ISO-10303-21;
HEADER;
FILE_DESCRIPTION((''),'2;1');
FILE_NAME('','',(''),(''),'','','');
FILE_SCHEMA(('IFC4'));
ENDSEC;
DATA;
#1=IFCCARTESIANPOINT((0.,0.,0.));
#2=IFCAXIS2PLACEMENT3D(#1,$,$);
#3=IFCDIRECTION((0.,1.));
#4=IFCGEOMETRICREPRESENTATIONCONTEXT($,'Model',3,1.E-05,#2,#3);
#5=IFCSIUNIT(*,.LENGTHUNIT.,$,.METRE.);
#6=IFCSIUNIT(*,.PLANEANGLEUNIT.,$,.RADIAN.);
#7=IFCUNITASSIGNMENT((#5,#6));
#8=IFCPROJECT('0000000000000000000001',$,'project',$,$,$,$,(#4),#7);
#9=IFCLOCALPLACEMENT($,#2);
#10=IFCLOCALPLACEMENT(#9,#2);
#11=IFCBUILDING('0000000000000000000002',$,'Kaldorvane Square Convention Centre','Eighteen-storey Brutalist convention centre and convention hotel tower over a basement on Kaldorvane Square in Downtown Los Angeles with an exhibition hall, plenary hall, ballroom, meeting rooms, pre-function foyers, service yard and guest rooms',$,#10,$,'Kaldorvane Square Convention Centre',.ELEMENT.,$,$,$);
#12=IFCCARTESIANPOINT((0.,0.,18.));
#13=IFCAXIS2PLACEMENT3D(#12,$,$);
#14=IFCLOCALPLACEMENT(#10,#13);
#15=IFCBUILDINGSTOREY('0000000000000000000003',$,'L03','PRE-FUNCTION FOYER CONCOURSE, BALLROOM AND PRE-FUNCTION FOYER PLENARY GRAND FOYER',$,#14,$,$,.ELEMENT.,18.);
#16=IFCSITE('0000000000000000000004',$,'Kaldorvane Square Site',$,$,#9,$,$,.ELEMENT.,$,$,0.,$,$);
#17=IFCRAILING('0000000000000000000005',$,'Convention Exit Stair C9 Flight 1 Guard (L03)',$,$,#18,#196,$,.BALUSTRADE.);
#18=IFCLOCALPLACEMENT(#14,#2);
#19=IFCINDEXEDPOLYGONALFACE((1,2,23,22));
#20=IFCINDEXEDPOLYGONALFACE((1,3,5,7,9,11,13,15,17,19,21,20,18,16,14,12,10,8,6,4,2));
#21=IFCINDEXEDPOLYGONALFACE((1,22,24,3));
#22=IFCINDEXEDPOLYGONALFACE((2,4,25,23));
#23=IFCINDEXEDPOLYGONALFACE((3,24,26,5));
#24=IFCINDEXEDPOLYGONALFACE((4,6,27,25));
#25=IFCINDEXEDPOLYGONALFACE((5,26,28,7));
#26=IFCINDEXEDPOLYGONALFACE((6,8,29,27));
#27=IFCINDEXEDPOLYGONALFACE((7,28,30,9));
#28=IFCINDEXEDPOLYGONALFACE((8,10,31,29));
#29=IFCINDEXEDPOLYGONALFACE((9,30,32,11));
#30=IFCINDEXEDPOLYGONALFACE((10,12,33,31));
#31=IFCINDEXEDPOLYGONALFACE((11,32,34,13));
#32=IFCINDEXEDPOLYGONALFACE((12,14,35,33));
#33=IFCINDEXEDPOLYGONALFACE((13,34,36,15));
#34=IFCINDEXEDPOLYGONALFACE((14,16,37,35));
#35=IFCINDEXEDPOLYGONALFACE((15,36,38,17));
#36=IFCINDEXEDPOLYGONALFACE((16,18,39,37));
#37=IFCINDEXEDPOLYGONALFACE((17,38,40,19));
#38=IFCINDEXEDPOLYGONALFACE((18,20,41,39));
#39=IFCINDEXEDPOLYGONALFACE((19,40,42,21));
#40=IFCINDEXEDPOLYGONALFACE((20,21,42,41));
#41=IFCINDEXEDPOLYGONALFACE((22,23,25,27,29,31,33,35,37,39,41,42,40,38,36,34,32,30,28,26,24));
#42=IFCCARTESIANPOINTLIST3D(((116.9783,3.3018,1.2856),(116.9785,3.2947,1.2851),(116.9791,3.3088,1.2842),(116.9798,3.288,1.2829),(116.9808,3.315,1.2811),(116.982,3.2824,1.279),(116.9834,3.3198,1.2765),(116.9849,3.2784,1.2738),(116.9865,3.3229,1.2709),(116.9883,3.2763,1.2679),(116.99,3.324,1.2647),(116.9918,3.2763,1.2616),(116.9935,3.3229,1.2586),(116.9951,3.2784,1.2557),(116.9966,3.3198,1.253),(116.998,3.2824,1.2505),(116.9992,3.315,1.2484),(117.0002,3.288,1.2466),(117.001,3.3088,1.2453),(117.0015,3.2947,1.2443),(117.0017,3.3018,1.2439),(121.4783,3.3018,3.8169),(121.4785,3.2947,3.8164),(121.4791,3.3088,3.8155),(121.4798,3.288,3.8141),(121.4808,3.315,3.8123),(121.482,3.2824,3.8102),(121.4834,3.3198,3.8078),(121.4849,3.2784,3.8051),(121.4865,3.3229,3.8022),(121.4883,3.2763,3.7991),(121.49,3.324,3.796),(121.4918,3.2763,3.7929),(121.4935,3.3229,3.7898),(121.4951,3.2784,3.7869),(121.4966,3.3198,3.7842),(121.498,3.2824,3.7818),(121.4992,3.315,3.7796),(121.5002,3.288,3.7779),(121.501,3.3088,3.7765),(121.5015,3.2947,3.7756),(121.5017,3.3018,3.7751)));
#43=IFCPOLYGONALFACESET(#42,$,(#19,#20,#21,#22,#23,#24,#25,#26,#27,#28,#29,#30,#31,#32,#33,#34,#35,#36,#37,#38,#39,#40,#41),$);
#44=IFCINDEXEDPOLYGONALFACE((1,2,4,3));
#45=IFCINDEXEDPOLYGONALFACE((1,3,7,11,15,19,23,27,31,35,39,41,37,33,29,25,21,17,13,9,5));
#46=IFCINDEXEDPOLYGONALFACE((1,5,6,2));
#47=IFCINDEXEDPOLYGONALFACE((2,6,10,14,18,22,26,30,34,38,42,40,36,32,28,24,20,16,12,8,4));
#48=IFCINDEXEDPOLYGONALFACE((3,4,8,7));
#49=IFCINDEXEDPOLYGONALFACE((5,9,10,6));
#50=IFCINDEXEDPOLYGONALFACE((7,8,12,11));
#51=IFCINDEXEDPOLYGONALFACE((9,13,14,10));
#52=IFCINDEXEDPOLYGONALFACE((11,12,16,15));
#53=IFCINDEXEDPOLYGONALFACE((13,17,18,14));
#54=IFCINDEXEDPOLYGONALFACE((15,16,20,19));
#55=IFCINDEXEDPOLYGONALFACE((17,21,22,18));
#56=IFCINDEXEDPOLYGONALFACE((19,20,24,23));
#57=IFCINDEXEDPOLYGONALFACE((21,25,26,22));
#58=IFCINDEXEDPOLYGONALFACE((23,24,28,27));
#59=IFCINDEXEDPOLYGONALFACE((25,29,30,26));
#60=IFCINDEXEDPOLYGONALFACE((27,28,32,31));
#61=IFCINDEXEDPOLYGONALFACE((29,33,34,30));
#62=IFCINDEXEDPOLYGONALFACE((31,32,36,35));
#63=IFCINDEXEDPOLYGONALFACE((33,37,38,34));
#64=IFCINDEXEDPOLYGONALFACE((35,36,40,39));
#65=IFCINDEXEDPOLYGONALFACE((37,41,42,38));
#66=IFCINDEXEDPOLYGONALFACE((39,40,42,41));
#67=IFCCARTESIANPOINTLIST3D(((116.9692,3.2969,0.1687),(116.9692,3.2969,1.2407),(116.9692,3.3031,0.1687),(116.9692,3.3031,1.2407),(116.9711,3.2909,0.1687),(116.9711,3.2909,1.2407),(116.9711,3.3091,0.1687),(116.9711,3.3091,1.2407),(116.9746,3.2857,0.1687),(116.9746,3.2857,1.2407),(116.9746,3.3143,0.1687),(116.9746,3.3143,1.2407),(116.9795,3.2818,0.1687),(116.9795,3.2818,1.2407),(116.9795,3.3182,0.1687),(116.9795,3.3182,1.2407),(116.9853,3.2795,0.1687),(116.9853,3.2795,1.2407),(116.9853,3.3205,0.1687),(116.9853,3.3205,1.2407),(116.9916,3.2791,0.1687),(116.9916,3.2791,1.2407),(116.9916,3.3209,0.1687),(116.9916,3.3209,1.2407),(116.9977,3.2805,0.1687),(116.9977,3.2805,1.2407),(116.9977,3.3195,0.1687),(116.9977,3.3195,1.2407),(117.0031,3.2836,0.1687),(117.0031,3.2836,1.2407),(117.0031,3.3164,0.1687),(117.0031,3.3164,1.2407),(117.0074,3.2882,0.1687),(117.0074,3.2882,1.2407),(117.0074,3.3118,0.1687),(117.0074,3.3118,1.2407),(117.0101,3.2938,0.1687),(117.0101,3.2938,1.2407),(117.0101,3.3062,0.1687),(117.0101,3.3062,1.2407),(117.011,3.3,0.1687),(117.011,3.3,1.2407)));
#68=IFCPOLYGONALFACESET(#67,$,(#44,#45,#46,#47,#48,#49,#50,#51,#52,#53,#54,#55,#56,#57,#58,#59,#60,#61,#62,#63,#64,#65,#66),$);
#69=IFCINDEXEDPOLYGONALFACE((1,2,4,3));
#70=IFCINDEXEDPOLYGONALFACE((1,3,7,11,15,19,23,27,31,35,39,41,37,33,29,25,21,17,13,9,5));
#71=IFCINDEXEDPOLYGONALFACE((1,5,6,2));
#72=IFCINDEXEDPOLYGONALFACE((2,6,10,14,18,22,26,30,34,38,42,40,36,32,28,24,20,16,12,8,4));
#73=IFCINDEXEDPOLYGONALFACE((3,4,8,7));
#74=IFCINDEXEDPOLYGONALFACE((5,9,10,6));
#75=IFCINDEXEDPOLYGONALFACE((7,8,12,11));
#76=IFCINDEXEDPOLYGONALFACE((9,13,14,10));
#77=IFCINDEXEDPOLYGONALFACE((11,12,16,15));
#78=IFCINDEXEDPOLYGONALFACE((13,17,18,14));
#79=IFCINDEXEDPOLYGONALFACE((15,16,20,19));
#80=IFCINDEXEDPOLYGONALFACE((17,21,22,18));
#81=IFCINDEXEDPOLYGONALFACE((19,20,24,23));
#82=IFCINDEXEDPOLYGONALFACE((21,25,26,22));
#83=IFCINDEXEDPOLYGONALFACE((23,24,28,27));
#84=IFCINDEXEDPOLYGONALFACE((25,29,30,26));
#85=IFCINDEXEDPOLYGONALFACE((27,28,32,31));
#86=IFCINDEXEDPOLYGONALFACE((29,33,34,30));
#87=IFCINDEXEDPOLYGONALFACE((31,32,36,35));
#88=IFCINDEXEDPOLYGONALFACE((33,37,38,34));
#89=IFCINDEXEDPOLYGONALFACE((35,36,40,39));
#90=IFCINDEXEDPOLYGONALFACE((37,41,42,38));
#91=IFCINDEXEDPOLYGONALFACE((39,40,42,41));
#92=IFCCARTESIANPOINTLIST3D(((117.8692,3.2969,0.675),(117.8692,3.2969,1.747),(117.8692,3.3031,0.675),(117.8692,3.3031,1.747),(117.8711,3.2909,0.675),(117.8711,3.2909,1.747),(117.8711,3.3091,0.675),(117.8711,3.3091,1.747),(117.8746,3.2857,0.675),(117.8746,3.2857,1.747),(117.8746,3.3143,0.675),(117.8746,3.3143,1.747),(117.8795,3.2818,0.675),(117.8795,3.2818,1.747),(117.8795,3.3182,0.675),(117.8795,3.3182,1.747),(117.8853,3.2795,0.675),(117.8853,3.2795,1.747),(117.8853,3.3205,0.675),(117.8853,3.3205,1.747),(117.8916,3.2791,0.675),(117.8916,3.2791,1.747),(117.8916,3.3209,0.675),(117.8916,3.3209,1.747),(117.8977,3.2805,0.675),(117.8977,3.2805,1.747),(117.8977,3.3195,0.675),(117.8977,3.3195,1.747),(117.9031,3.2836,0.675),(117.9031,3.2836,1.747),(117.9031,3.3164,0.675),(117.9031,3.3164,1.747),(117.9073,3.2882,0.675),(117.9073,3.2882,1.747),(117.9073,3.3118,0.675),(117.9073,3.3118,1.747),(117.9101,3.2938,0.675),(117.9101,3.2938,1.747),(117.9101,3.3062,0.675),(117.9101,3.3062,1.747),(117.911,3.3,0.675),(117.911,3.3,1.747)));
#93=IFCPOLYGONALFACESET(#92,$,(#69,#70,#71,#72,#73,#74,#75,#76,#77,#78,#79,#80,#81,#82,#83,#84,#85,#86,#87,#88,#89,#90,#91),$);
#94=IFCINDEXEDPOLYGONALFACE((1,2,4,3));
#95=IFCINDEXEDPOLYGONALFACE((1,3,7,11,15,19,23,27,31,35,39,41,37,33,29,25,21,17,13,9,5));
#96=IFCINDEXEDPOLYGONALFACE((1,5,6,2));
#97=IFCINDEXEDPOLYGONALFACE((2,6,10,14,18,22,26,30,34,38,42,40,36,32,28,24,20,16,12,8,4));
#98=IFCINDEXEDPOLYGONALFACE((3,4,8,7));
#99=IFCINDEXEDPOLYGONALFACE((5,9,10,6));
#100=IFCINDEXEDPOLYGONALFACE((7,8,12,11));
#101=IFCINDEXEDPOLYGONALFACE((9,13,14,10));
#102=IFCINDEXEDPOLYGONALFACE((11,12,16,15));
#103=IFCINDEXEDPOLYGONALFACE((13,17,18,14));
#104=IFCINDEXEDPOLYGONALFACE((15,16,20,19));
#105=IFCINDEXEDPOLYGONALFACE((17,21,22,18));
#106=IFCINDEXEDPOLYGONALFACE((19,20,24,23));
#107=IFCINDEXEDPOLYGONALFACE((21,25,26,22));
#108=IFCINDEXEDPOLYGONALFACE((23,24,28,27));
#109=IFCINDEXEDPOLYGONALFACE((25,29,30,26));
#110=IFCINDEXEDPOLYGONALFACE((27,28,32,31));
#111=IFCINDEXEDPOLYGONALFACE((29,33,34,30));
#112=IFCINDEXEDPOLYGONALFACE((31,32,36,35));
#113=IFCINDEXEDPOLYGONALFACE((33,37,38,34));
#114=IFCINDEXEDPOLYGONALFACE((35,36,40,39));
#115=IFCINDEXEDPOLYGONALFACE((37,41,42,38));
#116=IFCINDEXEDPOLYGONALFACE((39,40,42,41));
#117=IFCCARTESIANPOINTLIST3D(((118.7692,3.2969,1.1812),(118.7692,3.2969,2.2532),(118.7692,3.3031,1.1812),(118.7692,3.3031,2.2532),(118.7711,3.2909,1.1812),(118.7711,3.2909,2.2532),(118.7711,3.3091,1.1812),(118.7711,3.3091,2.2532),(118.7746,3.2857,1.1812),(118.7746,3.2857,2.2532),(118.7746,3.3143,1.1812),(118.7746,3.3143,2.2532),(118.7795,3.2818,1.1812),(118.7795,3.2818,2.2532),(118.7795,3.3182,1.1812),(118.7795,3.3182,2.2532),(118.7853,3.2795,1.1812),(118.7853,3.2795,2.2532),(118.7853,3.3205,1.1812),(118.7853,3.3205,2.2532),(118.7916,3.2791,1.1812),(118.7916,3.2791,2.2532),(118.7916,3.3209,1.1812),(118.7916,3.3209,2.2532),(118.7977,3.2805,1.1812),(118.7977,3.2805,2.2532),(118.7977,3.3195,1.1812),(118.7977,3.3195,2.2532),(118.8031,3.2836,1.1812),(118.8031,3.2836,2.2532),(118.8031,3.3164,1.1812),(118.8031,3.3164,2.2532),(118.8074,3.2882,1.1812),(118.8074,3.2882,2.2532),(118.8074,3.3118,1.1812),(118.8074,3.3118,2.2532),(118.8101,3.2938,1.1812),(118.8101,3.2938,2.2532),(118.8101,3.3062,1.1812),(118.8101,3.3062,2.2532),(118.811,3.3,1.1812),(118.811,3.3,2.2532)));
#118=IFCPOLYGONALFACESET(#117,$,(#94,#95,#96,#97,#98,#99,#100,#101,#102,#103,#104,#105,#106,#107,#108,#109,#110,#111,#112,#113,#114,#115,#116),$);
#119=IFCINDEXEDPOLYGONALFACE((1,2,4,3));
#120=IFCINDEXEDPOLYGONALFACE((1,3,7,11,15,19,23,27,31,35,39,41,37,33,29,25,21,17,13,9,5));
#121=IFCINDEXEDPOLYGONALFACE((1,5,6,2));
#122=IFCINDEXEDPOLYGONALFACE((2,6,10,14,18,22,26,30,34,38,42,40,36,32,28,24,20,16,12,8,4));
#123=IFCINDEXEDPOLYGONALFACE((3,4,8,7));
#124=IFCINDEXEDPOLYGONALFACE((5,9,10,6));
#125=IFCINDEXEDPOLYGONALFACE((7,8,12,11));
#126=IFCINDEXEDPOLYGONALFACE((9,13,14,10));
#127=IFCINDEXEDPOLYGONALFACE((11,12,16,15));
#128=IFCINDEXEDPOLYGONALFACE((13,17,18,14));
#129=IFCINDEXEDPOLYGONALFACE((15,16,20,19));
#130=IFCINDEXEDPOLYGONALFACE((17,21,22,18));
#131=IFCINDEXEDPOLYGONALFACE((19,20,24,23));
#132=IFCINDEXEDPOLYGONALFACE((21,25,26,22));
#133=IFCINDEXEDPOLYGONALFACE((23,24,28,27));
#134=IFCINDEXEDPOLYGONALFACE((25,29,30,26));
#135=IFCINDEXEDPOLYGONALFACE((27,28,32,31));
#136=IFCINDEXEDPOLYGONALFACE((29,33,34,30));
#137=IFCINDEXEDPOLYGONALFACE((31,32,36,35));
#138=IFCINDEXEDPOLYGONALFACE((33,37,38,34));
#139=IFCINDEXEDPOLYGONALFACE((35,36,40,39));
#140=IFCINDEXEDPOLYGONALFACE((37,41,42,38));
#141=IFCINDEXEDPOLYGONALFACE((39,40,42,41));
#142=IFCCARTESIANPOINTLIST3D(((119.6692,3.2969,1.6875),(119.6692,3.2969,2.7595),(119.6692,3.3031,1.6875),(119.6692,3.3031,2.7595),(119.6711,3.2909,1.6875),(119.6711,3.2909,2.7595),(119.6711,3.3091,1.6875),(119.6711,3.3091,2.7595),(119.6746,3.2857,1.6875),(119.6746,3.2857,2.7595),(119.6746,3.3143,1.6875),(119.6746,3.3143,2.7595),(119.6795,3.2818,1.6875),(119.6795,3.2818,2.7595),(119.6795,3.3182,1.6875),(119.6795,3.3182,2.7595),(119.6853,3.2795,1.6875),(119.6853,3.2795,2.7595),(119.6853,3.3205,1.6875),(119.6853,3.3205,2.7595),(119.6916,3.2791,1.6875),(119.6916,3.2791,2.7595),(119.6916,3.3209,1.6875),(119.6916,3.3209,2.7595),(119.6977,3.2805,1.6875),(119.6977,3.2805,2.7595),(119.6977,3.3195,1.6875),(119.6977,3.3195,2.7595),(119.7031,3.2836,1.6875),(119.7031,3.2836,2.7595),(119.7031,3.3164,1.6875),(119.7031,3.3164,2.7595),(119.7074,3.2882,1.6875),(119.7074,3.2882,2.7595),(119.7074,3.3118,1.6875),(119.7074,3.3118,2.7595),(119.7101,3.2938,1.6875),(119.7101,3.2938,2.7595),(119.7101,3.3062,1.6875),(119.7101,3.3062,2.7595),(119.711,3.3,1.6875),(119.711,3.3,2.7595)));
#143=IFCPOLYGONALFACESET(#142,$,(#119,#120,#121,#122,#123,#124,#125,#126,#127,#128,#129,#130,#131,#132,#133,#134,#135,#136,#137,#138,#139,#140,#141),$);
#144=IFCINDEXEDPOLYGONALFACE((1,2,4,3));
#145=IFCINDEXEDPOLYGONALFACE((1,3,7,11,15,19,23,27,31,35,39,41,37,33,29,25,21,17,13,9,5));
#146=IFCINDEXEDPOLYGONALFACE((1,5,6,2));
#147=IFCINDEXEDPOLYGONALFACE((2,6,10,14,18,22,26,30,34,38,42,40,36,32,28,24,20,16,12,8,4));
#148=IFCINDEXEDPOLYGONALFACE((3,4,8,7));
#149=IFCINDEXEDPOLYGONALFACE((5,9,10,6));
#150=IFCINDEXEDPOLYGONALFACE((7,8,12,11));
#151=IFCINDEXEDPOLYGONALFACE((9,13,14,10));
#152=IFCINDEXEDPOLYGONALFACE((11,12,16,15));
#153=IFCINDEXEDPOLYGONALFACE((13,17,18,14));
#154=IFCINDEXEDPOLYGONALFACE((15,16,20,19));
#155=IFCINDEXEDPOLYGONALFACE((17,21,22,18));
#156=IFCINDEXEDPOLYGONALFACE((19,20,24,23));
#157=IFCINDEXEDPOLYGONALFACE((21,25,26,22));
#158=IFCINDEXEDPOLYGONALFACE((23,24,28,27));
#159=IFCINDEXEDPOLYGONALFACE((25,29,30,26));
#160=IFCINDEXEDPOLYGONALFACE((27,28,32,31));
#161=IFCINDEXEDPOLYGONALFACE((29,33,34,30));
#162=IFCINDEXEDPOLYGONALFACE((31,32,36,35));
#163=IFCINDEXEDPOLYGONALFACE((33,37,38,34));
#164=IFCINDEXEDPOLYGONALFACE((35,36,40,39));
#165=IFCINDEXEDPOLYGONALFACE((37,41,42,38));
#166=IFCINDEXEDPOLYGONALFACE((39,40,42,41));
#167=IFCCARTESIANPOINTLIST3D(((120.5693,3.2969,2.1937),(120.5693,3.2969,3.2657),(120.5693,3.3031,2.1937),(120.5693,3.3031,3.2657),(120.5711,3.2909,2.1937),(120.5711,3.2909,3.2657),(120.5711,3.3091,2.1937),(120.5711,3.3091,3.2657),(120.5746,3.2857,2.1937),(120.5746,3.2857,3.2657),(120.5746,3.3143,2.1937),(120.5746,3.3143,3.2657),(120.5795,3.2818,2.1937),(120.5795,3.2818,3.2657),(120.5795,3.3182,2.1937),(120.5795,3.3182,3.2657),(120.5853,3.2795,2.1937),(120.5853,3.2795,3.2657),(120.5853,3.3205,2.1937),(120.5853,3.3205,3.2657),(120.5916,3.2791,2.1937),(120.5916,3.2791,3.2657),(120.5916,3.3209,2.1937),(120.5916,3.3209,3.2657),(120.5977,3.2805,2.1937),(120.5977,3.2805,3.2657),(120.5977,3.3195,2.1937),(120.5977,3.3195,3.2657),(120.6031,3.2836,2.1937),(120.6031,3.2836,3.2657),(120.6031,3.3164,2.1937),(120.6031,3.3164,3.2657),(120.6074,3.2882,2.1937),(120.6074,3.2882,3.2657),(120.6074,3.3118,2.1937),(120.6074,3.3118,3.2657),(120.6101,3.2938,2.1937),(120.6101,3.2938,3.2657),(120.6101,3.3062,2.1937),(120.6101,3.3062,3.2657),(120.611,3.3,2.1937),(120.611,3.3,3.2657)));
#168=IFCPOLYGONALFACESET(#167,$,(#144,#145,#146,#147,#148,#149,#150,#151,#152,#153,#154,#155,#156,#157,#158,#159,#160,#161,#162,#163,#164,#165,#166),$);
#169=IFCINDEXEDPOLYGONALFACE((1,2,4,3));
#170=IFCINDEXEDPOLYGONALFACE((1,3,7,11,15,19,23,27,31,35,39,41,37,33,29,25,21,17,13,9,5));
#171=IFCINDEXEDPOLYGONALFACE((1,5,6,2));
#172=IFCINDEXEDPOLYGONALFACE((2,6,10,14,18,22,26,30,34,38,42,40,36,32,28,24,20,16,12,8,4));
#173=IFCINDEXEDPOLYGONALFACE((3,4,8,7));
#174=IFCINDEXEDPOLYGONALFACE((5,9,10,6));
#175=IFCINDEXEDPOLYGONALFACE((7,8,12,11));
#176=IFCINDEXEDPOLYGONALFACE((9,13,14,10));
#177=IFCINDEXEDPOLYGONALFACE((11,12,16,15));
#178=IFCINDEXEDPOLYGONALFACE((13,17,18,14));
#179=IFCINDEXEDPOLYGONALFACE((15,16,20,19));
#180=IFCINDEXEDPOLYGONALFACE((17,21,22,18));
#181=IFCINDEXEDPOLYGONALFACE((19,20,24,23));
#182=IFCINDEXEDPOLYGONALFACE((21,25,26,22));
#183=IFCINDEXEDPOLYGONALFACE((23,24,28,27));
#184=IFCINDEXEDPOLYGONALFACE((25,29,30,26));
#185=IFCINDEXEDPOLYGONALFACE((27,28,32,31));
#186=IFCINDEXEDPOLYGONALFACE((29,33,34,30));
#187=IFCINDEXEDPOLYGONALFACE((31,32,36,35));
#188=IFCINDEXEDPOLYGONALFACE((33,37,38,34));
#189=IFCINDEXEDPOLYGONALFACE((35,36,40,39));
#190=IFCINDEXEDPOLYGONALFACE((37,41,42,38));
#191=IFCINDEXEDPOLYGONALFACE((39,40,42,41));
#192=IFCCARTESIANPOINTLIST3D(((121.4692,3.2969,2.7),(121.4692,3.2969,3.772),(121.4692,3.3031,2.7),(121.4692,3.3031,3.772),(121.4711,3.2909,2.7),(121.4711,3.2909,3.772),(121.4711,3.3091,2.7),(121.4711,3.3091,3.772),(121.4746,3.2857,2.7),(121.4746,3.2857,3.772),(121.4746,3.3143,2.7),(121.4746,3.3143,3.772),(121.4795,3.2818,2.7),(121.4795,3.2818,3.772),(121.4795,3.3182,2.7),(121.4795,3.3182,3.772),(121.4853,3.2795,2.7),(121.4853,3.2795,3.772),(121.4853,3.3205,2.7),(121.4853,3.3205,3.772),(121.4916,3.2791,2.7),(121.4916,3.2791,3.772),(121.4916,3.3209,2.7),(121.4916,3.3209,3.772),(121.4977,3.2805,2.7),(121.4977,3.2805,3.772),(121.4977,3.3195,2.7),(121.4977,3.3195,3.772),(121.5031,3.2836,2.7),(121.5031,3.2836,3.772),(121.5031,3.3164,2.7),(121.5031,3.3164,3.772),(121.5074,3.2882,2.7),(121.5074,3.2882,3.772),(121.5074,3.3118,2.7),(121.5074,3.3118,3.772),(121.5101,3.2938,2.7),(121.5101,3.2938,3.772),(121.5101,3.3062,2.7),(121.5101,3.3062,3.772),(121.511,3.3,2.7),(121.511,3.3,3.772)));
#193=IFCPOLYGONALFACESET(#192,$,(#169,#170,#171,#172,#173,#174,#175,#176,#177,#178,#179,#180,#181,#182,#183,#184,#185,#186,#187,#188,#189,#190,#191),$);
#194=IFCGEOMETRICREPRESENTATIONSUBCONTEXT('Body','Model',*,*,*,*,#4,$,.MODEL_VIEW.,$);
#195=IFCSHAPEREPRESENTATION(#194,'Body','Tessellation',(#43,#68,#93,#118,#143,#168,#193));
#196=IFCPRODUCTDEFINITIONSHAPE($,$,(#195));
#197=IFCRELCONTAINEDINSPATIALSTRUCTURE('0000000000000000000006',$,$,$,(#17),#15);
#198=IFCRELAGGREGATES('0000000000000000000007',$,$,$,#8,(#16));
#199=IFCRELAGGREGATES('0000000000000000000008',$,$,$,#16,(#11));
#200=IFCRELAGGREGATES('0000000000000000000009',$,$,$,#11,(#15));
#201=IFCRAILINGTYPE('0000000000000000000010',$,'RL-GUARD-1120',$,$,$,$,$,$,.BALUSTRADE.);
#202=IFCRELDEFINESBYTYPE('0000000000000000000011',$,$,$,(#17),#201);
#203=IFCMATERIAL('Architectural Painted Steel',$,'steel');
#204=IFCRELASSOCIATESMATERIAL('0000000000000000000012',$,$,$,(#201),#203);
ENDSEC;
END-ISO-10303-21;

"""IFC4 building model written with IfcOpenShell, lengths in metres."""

from ifc_helpers import new_model, si_unit, direction, frame, origin, origin_2d, place, context, subcontext, project, spatial, circle, extrude, material, type_object, element, save


model = new_model("IFC4")

# Units and contexts
model_context = context("Model", 3, precision=1e-05, world=origin(), true_north=direction((0.0, 1.0)))
body_context = subcontext(model_context, "Body", "Model", "MODEL_VIEW")
ifc_project = project(units=[si_unit("LENGTHUNIT", "METRE"), si_unit("PLANEANGLEUNIT", "RADIAN")], contexts=[model_context])

# Site, building, storey
site_placement = place(None, origin())
site = spatial("IfcSite", under=ifc_project, at=site_placement, Name="Kaldorvane Square Site", CompositionType="ELEMENT", RefElevation=0.0)
building_placement = place(site_placement, origin())
building = spatial("IfcBuilding", under=site, at=building_placement, Name="Kaldorvane Square Convention Centre", Description="Eighteen-storey Brutalist convention centre and convention hotel tower over a basement on Kaldorvane Square in Downtown Los Angeles with an exhibition hall, plenary hall, ballroom, meeting rooms, pre-function foyers, service yard and guest rooms", LongName="Kaldorvane Square Convention Centre", CompositionType="ELEMENT")
storey_placement = place(building_placement, frame((0.0, 0.0, 18.0)))
storey = spatial("IfcBuildingStorey", under=building, at=storey_placement, Name="L03", Description="PRE-FUNCTION FOYER CONCOURSE, BALLROOM AND PRE-FUNCTION FOYER PLENARY GRAND FOYER", CompositionType="ELEMENT", Elevation=18.0)

# Railing
ifc_material_1 = material(Name="Architectural Painted Steel", Category="steel")
railing_type_1 = type_object("IfcRailingType", Name="RL-GUARD-1120", PredefinedType="BALUSTRADE", material=ifc_material_1)
railing_1_placement = place(storey_placement, frame((116.99, 3.3, 0.1687)))
element("IfcRailing", 1, at=railing_1_placement, inside=storey, type_object=railing_type_1, Name="Convention Exit Stair C9 Flight 1 Guard (L03)", PredefinedType="BALUSTRADE", context=body_context, shape_type="SweptSolid", body=[
    extrude(circle(Radius=0.024, at=origin_2d()), frame((0.0, 0.0, 1.096), z_axis=(0.871576, 0.0, 0.490261), x_axis=(0.0, 1.0, 0.0)), (0.0, 0.0, 1.0), 5.1631),
    extrude(circle(Radius=0.021, at=origin_2d()), origin(), (0.0, 0.0, 1.0), 1.072),
    extrude(circle(Radius=0.021, at=origin_2d()), frame((0.9, 0.0, 0.5063)), (0.0, 0.0, 1.0), 1.072),
    extrude(circle(Radius=0.021, at=origin_2d()), frame((1.8, 0.0, 1.0125)), (0.0, 0.0, 1.0), 1.072),
    extrude(circle(Radius=0.021, at=origin_2d()), frame((2.7, 0.0, 1.5188)), (0.0, 0.0, 1.0), 1.072),
    extrude(circle(Radius=0.021, at=origin_2d()), frame((3.6, 0.0, 2.025)), (0.0, 0.0, 1.0), 1.072),
    extrude(circle(Radius=0.021, at=origin_2d()), frame((4.5, 0.0, 2.5312)), (0.0, 0.0, 1.0), 1.072),
])

save(model, "model.ifc")
